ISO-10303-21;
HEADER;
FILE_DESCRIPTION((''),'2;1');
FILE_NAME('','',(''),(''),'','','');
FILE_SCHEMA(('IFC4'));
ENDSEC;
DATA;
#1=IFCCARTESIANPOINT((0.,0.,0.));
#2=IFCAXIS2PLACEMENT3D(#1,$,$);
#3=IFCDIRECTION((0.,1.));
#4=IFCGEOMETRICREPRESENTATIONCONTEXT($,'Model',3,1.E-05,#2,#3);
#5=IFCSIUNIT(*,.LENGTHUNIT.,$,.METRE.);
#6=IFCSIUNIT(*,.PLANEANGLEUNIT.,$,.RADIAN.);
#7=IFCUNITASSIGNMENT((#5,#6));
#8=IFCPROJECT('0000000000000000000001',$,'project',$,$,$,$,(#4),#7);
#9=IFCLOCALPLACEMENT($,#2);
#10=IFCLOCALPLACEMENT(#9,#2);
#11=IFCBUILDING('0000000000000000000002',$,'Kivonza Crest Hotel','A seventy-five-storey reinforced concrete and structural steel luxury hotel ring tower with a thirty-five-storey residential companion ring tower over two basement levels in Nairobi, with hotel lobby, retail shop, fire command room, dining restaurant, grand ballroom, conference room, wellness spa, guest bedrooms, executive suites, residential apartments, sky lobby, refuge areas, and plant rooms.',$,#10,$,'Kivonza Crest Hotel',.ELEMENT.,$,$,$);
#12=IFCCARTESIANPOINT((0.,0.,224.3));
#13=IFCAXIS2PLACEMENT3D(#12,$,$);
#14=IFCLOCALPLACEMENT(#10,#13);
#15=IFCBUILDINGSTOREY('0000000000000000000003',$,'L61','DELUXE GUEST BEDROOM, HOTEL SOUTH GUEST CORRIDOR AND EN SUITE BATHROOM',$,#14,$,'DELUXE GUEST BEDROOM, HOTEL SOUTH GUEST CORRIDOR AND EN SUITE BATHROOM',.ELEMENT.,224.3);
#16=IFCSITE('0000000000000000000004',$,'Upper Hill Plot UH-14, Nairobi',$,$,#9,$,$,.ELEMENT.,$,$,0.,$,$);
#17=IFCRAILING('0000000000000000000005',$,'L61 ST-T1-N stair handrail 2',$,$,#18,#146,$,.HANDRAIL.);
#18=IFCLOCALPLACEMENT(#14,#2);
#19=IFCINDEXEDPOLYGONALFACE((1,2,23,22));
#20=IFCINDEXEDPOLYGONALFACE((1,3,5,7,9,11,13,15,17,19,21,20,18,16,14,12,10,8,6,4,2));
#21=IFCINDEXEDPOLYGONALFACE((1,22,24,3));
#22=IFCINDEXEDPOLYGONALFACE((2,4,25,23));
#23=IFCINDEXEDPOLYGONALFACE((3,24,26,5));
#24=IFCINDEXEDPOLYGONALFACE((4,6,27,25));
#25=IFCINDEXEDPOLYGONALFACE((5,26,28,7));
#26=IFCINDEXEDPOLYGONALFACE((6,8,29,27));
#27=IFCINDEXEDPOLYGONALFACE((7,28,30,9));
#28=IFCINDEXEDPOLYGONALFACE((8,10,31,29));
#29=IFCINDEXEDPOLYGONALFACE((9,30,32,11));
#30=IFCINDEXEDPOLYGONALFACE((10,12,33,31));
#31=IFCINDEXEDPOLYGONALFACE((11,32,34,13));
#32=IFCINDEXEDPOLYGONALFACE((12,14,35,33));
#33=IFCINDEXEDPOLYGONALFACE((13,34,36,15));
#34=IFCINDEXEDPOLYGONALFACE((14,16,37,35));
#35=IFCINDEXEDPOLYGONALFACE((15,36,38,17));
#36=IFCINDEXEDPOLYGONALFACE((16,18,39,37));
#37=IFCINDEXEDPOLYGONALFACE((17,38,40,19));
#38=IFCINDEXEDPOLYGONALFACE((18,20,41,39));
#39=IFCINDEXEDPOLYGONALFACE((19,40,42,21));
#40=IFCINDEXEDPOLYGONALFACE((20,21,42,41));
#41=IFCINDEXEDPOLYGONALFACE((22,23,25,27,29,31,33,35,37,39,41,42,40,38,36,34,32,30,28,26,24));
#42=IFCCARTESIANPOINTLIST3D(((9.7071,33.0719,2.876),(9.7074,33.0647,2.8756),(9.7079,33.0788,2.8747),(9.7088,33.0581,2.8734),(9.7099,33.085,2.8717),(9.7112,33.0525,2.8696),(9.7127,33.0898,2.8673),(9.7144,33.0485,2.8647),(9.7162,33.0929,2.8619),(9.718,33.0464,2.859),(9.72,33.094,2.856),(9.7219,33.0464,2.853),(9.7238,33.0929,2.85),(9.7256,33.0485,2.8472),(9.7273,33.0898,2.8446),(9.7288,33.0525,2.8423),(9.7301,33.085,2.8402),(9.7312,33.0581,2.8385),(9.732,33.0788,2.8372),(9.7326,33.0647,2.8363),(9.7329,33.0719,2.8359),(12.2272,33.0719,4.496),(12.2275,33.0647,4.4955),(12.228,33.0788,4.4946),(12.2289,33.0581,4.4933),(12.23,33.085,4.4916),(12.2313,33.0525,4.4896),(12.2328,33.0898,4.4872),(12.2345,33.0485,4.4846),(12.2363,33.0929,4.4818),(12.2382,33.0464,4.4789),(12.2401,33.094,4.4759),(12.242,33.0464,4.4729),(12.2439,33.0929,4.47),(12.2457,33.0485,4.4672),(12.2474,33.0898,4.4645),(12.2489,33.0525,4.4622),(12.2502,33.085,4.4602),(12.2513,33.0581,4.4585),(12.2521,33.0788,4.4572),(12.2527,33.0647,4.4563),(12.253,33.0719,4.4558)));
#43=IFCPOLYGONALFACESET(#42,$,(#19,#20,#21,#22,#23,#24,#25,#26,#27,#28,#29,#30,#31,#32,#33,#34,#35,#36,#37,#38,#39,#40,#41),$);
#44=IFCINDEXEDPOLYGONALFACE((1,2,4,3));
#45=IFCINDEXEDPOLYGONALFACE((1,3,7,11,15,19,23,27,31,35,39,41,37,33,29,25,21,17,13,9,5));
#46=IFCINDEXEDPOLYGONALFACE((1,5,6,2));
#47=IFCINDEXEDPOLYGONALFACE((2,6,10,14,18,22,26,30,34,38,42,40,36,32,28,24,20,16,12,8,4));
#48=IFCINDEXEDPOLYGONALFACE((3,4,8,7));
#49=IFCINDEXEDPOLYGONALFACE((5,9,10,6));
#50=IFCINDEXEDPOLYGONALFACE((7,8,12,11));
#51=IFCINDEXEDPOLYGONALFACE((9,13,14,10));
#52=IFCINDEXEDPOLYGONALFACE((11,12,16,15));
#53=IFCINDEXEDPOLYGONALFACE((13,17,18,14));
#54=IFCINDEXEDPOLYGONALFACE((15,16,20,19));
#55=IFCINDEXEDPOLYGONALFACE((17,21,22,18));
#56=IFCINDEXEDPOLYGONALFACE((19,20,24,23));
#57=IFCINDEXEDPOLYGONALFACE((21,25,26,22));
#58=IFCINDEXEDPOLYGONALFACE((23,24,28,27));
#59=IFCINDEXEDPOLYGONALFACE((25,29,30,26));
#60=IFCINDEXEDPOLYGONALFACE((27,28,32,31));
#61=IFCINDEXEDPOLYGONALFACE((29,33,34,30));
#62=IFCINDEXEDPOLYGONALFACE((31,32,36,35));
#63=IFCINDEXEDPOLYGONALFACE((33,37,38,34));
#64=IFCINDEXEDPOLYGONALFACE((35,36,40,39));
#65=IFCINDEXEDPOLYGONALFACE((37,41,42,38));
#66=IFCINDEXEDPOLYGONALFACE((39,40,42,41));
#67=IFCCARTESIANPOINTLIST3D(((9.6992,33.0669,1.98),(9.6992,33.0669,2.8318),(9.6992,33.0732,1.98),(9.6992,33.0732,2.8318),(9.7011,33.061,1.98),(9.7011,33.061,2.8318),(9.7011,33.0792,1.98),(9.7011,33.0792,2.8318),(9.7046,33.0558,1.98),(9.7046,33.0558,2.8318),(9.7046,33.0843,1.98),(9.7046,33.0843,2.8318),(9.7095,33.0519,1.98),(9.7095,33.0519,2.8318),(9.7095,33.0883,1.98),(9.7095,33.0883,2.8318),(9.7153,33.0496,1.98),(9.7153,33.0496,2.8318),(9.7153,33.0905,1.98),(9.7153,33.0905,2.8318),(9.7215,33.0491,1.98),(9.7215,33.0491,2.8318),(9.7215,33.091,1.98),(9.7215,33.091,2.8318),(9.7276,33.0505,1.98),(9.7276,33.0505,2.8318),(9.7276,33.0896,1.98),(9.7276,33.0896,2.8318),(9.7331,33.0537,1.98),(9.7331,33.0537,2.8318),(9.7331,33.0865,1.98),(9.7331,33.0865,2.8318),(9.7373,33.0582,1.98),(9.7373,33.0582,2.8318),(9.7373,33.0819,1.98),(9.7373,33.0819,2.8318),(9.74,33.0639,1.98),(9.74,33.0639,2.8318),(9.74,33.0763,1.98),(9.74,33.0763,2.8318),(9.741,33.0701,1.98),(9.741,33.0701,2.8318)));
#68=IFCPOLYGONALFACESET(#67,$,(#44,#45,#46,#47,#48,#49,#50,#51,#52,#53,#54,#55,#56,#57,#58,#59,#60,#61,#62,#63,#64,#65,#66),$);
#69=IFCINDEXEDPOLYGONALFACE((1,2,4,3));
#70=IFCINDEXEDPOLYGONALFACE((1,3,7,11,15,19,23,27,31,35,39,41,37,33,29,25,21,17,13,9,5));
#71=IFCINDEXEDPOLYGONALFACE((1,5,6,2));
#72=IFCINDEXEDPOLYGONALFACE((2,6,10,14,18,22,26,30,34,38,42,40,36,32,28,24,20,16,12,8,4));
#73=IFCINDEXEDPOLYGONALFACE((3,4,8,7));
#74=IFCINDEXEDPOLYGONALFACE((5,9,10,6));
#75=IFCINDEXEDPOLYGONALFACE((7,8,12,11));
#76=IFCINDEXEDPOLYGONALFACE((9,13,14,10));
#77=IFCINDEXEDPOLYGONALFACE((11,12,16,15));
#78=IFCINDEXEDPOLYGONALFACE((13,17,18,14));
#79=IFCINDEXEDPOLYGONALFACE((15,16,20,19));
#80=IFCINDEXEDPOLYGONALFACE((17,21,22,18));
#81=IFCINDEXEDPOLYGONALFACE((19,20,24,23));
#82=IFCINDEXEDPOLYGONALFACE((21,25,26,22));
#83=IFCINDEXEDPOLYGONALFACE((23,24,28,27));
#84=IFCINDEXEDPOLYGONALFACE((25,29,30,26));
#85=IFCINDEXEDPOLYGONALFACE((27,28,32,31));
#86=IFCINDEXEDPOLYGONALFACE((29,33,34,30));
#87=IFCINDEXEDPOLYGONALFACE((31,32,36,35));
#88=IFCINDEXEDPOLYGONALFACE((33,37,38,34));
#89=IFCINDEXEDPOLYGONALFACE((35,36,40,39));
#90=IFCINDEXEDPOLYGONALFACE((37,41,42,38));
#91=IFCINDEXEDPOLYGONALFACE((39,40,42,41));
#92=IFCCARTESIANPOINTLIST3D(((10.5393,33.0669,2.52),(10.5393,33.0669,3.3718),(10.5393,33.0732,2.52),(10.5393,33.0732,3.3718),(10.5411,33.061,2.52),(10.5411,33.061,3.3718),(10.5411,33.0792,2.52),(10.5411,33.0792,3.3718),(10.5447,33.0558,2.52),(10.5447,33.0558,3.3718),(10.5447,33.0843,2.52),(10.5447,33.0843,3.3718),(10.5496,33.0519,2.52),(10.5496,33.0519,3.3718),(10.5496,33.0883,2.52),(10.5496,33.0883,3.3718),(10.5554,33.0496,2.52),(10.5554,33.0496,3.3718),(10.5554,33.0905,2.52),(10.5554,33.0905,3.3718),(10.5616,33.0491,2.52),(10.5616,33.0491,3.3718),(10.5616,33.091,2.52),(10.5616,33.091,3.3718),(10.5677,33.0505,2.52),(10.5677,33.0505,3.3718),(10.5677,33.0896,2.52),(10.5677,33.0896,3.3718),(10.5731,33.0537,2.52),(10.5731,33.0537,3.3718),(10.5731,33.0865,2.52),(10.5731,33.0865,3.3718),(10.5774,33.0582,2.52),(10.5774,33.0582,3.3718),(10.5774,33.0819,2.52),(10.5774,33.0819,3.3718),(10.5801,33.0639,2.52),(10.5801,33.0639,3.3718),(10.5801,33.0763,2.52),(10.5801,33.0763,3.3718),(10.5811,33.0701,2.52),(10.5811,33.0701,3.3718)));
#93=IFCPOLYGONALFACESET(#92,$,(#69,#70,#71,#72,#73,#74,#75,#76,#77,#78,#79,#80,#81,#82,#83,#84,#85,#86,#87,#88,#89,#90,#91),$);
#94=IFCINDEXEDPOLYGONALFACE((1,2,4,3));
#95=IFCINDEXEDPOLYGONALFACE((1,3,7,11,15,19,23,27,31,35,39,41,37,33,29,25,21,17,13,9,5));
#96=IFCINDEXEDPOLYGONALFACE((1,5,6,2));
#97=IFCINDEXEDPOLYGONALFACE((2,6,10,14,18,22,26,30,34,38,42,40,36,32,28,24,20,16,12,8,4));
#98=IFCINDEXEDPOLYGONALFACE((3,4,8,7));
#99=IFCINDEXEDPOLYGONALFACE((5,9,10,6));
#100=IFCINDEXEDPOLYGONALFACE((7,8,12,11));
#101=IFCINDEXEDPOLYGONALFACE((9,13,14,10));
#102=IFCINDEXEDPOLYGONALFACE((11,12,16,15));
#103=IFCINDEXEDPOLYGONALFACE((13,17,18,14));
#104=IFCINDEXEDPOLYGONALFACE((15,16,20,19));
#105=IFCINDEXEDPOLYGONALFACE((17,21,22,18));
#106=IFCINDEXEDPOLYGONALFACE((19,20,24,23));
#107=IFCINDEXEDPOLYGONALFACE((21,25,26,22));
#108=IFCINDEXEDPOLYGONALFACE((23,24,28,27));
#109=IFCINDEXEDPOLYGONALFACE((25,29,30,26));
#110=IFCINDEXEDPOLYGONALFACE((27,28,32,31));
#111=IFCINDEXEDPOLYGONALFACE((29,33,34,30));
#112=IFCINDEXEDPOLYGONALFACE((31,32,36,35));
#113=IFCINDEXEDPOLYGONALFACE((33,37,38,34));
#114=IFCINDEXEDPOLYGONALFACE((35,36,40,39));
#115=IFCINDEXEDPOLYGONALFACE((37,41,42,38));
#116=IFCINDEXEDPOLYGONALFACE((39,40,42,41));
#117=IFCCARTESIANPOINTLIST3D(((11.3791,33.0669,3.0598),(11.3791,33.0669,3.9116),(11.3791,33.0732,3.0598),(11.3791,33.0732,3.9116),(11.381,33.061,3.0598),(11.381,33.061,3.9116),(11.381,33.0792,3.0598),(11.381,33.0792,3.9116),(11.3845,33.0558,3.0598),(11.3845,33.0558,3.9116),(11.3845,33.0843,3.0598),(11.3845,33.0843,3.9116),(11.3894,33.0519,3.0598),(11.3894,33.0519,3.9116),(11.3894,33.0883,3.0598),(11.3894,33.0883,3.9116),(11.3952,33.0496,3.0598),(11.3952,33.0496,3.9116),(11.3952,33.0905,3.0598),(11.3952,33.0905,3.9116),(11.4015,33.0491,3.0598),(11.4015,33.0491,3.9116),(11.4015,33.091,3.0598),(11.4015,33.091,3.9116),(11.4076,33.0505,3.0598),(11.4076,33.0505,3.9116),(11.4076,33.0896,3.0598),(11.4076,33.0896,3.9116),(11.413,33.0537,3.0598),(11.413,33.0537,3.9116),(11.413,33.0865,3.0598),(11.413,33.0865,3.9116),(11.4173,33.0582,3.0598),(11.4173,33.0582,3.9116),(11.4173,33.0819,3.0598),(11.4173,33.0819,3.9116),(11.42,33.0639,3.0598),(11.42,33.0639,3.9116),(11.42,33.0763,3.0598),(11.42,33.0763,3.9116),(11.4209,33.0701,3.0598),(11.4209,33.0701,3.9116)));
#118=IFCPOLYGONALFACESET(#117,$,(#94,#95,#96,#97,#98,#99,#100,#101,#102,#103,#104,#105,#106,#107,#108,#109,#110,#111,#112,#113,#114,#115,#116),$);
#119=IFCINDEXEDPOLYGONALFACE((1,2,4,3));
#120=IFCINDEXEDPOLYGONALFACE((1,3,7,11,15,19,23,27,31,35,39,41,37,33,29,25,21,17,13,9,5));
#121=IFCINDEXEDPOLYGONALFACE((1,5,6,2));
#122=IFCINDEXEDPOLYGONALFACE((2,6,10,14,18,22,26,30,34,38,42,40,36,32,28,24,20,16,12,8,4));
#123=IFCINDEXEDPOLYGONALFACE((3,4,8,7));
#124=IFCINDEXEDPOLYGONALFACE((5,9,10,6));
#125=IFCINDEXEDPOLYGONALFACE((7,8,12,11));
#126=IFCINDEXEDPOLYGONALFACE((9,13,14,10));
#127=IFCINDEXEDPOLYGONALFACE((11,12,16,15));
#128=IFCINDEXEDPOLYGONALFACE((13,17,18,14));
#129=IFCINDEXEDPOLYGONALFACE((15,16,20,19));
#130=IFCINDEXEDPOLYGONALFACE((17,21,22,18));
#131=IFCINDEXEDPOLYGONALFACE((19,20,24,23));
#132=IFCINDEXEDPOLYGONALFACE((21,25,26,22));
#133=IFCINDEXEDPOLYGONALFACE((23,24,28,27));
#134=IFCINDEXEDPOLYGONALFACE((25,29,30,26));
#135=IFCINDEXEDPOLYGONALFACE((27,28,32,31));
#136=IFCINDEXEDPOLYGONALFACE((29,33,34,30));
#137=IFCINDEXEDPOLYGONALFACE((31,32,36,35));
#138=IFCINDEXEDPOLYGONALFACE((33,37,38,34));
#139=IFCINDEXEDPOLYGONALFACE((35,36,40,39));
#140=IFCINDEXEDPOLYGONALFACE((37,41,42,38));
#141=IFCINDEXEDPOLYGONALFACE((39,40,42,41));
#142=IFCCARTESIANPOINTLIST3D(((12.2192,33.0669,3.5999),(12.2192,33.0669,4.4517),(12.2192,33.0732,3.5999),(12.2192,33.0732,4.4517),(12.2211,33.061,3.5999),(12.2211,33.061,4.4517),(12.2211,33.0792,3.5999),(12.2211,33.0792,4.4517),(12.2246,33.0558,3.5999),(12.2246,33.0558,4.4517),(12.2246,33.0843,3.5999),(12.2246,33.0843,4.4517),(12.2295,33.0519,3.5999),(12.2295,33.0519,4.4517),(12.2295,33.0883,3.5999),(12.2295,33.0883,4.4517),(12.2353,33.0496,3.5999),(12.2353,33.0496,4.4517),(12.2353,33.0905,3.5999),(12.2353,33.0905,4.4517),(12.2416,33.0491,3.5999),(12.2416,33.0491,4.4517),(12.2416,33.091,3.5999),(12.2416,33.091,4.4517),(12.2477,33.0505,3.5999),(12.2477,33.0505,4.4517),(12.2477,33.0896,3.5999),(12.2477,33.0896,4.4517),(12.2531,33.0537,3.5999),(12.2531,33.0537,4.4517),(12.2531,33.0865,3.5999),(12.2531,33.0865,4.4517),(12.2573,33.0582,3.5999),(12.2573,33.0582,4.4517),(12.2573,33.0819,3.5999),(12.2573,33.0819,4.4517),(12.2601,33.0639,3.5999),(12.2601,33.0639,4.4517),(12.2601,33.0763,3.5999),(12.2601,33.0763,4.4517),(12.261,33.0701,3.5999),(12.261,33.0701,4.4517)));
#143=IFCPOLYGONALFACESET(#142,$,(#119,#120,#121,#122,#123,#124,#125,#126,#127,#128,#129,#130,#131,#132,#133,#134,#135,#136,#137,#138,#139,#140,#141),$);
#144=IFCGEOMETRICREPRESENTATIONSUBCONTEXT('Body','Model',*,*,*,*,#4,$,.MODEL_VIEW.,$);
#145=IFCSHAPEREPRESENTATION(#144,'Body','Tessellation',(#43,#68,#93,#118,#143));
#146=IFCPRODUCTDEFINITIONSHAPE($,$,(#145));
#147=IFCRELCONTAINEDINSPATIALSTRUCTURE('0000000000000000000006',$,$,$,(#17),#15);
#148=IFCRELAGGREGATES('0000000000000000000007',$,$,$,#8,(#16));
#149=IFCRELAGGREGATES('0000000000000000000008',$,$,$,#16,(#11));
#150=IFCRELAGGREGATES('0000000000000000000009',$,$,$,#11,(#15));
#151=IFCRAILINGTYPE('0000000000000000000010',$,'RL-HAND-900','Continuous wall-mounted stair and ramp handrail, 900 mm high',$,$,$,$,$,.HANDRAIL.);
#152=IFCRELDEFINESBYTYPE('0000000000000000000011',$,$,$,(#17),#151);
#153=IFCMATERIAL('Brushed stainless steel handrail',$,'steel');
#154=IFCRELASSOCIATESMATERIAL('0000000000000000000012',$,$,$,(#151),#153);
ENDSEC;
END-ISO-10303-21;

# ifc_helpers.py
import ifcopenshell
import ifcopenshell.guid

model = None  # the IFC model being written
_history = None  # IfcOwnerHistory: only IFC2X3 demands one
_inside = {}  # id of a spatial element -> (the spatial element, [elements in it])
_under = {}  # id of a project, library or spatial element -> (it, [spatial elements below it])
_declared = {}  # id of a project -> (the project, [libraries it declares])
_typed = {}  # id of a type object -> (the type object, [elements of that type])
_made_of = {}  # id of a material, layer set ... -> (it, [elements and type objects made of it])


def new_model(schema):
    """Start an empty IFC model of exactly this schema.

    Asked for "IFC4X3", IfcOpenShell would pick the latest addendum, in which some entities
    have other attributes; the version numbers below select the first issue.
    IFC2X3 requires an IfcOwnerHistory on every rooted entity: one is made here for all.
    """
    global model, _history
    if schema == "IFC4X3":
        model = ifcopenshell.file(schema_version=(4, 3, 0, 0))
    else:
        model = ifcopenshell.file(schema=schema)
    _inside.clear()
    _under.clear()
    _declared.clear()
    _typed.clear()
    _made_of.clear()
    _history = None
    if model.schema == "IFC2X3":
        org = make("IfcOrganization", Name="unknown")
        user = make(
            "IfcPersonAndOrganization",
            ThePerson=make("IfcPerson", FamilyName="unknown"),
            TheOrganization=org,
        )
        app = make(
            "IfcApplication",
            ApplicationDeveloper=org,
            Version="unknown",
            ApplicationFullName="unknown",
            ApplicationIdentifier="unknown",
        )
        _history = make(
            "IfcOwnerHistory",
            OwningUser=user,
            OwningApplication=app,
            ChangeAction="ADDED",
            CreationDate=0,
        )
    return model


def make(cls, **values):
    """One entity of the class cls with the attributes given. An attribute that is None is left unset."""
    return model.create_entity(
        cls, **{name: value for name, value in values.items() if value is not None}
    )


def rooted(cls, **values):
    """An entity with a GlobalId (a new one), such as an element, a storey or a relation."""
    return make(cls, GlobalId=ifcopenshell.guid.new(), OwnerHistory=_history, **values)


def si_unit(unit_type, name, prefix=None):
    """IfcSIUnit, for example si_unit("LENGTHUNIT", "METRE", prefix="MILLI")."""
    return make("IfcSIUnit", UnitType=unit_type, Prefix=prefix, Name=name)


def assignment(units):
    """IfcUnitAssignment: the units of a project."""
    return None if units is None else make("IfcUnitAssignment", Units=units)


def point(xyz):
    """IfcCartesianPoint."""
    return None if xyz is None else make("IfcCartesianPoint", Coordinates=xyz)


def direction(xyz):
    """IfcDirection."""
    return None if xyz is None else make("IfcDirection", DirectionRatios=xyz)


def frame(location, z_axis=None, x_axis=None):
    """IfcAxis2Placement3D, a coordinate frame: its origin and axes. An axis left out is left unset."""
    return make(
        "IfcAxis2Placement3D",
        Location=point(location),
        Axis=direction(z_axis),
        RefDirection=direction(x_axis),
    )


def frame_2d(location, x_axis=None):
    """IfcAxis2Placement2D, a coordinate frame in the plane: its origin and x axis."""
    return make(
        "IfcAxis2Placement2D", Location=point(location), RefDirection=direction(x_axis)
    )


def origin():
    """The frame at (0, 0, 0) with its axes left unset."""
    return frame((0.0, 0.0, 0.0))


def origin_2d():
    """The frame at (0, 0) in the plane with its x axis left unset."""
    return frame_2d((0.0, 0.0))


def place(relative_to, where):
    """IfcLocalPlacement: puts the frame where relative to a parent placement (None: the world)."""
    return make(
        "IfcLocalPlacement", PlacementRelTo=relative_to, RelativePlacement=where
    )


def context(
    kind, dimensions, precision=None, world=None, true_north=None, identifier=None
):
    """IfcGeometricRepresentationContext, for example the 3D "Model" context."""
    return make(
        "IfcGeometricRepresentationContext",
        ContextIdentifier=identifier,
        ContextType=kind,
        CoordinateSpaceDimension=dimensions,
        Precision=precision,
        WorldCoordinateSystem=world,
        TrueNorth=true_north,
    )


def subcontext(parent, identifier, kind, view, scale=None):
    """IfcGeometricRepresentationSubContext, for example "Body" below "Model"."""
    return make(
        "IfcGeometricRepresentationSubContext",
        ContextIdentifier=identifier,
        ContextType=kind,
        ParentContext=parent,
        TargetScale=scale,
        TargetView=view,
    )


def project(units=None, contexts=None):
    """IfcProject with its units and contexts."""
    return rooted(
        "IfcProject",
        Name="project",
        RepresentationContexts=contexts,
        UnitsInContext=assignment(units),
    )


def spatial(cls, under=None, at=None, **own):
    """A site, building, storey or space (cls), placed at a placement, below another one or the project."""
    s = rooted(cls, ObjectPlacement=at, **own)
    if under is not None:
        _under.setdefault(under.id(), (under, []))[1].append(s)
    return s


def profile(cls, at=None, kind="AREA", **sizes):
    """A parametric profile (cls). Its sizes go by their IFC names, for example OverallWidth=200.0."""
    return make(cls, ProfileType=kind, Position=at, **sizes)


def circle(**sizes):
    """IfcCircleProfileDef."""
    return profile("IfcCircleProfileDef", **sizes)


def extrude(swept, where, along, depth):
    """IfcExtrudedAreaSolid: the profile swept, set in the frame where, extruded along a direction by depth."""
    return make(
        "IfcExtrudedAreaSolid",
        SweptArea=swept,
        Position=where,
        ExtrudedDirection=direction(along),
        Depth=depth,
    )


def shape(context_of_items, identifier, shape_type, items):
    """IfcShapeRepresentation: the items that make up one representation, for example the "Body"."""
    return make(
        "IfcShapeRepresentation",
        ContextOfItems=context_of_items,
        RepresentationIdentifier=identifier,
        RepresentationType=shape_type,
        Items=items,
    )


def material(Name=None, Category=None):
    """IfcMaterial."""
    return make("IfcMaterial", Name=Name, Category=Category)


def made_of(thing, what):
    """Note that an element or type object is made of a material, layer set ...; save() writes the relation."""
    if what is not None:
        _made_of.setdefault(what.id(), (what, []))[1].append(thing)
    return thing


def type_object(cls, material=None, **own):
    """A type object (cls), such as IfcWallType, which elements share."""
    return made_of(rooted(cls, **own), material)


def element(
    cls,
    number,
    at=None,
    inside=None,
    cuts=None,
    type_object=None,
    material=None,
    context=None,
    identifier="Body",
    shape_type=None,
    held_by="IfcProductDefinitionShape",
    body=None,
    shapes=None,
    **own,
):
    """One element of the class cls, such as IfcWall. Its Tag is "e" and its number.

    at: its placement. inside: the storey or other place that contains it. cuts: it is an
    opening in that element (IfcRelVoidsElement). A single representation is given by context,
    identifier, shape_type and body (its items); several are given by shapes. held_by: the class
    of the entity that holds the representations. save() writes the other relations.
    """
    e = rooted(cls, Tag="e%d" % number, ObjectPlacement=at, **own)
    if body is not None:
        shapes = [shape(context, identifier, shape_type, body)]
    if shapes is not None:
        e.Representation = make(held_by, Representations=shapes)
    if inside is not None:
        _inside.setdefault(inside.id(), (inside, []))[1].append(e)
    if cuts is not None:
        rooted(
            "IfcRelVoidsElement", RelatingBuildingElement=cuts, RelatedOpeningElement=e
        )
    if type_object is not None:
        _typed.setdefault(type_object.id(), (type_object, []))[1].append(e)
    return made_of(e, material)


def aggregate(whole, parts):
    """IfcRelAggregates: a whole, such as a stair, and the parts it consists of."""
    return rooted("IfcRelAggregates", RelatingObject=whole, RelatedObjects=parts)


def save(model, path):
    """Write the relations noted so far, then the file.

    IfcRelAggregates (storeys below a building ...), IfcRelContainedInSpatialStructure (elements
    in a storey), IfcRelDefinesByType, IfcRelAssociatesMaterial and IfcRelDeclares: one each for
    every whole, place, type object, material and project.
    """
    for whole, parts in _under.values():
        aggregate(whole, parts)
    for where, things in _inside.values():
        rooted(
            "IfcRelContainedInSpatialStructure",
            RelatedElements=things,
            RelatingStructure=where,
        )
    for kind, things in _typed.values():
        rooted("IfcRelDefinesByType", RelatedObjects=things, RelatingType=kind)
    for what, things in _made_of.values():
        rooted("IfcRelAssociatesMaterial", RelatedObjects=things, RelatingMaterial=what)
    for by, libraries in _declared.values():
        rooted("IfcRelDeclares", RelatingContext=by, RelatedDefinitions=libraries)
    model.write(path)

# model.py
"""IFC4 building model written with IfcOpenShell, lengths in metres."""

from ifc_helpers import new_model, si_unit, direction, frame, origin, origin_2d, place, context, subcontext, project, spatial, circle, extrude, material, type_object, element, save


model = new_model("IFC4")

# Units and contexts
model_context = context("Model", 3, precision=1e-05, world=origin(), true_north=direction((0.0, 1.0)))
body_context = subcontext(model_context, "Body", "Model", "MODEL_VIEW")
ifc_project = project(units=[si_unit("LENGTHUNIT", "METRE"), si_unit("PLANEANGLEUNIT", "RADIAN")], contexts=[model_context])

# Site, building, storey
site_placement = place(None, origin())
site = spatial("IfcSite", under=ifc_project, at=site_placement, Name="Upper Hill Plot UH-14, Nairobi", CompositionType="ELEMENT", RefElevation=0.0)
building_placement = place(site_placement, origin())
building = spatial("IfcBuilding", under=site, at=building_placement, Name="Kivonza Crest Hotel", Description="A seventy-five-storey reinforced concrete and structural steel luxury hotel ring tower with a thirty-five-storey residential companion ring tower over two basement levels in Nairobi, with hotel lobby, retail shop, fire command room, dining restaurant, grand ballroom, conference room, wellness spa, guest bedrooms, executive suites, residential apartments, sky lobby, refuge areas, and plant rooms.", LongName="Kivonza Crest Hotel", CompositionType="ELEMENT")
storey_placement = place(building_placement, frame((0.0, 0.0, 224.3)))
storey = spatial("IfcBuildingStorey", under=building, at=storey_placement, Name="L61", Description="DELUXE GUEST BEDROOM, HOTEL SOUTH GUEST CORRIDOR AND EN SUITE BATHROOM", LongName="DELUXE GUEST BEDROOM, HOTEL SOUTH GUEST CORRIDOR AND EN SUITE BATHROOM", CompositionType="ELEMENT", Elevation=224.3)

# Railing
ifc_material_1 = material(Name="Brushed stainless steel handrail", Category="steel")
railing_type = type_object("IfcRailingType", Name="RL-HAND-900", Description="Continuous wall-mounted stair and ramp handrail, 900 mm high", PredefinedType="HANDRAIL", material=ifc_material_1)
railing_placement = place(storey_placement, frame((9.72, 33.0701, 1.98)))
element("IfcRailing", 1, at=railing_placement, inside=storey, type_object=railing_type, Name="L61 ST-T1-N stair handrail 2", PredefinedType="HANDRAIL", context=body_context, shape_type="SweptSolid", body=[
    extrude(circle(Radius=0.0239, at=origin_2d()), frame((0.0, 0.0, 0.876), z_axis=(0.8412, 0.0, 0.540725), x_axis=(0.0, 1.0, 0.0)), (0.0, 0.0, 1.0), 2.9958),
    extrude(circle(Radius=0.021, at=origin_2d()), origin(), (0.0, 0.0, 1.0), 0.8518),
    extrude(circle(Radius=0.021, at=origin_2d()), frame((0.8401, 0.0, 0.54)), (0.0, 0.0, 1.0), 0.8518),
    extrude(circle(Radius=0.021, at=origin_2d()), frame((1.6799, 0.0, 1.0798)), (0.0, 0.0, 1.0), 0.8518),
    extrude(circle(Radius=0.021, at=origin_2d()), frame((2.52, 0.0, 1.6199)), (0.0, 0.0, 1.0), 0.8518),
])

save(model, "model.ifc")
